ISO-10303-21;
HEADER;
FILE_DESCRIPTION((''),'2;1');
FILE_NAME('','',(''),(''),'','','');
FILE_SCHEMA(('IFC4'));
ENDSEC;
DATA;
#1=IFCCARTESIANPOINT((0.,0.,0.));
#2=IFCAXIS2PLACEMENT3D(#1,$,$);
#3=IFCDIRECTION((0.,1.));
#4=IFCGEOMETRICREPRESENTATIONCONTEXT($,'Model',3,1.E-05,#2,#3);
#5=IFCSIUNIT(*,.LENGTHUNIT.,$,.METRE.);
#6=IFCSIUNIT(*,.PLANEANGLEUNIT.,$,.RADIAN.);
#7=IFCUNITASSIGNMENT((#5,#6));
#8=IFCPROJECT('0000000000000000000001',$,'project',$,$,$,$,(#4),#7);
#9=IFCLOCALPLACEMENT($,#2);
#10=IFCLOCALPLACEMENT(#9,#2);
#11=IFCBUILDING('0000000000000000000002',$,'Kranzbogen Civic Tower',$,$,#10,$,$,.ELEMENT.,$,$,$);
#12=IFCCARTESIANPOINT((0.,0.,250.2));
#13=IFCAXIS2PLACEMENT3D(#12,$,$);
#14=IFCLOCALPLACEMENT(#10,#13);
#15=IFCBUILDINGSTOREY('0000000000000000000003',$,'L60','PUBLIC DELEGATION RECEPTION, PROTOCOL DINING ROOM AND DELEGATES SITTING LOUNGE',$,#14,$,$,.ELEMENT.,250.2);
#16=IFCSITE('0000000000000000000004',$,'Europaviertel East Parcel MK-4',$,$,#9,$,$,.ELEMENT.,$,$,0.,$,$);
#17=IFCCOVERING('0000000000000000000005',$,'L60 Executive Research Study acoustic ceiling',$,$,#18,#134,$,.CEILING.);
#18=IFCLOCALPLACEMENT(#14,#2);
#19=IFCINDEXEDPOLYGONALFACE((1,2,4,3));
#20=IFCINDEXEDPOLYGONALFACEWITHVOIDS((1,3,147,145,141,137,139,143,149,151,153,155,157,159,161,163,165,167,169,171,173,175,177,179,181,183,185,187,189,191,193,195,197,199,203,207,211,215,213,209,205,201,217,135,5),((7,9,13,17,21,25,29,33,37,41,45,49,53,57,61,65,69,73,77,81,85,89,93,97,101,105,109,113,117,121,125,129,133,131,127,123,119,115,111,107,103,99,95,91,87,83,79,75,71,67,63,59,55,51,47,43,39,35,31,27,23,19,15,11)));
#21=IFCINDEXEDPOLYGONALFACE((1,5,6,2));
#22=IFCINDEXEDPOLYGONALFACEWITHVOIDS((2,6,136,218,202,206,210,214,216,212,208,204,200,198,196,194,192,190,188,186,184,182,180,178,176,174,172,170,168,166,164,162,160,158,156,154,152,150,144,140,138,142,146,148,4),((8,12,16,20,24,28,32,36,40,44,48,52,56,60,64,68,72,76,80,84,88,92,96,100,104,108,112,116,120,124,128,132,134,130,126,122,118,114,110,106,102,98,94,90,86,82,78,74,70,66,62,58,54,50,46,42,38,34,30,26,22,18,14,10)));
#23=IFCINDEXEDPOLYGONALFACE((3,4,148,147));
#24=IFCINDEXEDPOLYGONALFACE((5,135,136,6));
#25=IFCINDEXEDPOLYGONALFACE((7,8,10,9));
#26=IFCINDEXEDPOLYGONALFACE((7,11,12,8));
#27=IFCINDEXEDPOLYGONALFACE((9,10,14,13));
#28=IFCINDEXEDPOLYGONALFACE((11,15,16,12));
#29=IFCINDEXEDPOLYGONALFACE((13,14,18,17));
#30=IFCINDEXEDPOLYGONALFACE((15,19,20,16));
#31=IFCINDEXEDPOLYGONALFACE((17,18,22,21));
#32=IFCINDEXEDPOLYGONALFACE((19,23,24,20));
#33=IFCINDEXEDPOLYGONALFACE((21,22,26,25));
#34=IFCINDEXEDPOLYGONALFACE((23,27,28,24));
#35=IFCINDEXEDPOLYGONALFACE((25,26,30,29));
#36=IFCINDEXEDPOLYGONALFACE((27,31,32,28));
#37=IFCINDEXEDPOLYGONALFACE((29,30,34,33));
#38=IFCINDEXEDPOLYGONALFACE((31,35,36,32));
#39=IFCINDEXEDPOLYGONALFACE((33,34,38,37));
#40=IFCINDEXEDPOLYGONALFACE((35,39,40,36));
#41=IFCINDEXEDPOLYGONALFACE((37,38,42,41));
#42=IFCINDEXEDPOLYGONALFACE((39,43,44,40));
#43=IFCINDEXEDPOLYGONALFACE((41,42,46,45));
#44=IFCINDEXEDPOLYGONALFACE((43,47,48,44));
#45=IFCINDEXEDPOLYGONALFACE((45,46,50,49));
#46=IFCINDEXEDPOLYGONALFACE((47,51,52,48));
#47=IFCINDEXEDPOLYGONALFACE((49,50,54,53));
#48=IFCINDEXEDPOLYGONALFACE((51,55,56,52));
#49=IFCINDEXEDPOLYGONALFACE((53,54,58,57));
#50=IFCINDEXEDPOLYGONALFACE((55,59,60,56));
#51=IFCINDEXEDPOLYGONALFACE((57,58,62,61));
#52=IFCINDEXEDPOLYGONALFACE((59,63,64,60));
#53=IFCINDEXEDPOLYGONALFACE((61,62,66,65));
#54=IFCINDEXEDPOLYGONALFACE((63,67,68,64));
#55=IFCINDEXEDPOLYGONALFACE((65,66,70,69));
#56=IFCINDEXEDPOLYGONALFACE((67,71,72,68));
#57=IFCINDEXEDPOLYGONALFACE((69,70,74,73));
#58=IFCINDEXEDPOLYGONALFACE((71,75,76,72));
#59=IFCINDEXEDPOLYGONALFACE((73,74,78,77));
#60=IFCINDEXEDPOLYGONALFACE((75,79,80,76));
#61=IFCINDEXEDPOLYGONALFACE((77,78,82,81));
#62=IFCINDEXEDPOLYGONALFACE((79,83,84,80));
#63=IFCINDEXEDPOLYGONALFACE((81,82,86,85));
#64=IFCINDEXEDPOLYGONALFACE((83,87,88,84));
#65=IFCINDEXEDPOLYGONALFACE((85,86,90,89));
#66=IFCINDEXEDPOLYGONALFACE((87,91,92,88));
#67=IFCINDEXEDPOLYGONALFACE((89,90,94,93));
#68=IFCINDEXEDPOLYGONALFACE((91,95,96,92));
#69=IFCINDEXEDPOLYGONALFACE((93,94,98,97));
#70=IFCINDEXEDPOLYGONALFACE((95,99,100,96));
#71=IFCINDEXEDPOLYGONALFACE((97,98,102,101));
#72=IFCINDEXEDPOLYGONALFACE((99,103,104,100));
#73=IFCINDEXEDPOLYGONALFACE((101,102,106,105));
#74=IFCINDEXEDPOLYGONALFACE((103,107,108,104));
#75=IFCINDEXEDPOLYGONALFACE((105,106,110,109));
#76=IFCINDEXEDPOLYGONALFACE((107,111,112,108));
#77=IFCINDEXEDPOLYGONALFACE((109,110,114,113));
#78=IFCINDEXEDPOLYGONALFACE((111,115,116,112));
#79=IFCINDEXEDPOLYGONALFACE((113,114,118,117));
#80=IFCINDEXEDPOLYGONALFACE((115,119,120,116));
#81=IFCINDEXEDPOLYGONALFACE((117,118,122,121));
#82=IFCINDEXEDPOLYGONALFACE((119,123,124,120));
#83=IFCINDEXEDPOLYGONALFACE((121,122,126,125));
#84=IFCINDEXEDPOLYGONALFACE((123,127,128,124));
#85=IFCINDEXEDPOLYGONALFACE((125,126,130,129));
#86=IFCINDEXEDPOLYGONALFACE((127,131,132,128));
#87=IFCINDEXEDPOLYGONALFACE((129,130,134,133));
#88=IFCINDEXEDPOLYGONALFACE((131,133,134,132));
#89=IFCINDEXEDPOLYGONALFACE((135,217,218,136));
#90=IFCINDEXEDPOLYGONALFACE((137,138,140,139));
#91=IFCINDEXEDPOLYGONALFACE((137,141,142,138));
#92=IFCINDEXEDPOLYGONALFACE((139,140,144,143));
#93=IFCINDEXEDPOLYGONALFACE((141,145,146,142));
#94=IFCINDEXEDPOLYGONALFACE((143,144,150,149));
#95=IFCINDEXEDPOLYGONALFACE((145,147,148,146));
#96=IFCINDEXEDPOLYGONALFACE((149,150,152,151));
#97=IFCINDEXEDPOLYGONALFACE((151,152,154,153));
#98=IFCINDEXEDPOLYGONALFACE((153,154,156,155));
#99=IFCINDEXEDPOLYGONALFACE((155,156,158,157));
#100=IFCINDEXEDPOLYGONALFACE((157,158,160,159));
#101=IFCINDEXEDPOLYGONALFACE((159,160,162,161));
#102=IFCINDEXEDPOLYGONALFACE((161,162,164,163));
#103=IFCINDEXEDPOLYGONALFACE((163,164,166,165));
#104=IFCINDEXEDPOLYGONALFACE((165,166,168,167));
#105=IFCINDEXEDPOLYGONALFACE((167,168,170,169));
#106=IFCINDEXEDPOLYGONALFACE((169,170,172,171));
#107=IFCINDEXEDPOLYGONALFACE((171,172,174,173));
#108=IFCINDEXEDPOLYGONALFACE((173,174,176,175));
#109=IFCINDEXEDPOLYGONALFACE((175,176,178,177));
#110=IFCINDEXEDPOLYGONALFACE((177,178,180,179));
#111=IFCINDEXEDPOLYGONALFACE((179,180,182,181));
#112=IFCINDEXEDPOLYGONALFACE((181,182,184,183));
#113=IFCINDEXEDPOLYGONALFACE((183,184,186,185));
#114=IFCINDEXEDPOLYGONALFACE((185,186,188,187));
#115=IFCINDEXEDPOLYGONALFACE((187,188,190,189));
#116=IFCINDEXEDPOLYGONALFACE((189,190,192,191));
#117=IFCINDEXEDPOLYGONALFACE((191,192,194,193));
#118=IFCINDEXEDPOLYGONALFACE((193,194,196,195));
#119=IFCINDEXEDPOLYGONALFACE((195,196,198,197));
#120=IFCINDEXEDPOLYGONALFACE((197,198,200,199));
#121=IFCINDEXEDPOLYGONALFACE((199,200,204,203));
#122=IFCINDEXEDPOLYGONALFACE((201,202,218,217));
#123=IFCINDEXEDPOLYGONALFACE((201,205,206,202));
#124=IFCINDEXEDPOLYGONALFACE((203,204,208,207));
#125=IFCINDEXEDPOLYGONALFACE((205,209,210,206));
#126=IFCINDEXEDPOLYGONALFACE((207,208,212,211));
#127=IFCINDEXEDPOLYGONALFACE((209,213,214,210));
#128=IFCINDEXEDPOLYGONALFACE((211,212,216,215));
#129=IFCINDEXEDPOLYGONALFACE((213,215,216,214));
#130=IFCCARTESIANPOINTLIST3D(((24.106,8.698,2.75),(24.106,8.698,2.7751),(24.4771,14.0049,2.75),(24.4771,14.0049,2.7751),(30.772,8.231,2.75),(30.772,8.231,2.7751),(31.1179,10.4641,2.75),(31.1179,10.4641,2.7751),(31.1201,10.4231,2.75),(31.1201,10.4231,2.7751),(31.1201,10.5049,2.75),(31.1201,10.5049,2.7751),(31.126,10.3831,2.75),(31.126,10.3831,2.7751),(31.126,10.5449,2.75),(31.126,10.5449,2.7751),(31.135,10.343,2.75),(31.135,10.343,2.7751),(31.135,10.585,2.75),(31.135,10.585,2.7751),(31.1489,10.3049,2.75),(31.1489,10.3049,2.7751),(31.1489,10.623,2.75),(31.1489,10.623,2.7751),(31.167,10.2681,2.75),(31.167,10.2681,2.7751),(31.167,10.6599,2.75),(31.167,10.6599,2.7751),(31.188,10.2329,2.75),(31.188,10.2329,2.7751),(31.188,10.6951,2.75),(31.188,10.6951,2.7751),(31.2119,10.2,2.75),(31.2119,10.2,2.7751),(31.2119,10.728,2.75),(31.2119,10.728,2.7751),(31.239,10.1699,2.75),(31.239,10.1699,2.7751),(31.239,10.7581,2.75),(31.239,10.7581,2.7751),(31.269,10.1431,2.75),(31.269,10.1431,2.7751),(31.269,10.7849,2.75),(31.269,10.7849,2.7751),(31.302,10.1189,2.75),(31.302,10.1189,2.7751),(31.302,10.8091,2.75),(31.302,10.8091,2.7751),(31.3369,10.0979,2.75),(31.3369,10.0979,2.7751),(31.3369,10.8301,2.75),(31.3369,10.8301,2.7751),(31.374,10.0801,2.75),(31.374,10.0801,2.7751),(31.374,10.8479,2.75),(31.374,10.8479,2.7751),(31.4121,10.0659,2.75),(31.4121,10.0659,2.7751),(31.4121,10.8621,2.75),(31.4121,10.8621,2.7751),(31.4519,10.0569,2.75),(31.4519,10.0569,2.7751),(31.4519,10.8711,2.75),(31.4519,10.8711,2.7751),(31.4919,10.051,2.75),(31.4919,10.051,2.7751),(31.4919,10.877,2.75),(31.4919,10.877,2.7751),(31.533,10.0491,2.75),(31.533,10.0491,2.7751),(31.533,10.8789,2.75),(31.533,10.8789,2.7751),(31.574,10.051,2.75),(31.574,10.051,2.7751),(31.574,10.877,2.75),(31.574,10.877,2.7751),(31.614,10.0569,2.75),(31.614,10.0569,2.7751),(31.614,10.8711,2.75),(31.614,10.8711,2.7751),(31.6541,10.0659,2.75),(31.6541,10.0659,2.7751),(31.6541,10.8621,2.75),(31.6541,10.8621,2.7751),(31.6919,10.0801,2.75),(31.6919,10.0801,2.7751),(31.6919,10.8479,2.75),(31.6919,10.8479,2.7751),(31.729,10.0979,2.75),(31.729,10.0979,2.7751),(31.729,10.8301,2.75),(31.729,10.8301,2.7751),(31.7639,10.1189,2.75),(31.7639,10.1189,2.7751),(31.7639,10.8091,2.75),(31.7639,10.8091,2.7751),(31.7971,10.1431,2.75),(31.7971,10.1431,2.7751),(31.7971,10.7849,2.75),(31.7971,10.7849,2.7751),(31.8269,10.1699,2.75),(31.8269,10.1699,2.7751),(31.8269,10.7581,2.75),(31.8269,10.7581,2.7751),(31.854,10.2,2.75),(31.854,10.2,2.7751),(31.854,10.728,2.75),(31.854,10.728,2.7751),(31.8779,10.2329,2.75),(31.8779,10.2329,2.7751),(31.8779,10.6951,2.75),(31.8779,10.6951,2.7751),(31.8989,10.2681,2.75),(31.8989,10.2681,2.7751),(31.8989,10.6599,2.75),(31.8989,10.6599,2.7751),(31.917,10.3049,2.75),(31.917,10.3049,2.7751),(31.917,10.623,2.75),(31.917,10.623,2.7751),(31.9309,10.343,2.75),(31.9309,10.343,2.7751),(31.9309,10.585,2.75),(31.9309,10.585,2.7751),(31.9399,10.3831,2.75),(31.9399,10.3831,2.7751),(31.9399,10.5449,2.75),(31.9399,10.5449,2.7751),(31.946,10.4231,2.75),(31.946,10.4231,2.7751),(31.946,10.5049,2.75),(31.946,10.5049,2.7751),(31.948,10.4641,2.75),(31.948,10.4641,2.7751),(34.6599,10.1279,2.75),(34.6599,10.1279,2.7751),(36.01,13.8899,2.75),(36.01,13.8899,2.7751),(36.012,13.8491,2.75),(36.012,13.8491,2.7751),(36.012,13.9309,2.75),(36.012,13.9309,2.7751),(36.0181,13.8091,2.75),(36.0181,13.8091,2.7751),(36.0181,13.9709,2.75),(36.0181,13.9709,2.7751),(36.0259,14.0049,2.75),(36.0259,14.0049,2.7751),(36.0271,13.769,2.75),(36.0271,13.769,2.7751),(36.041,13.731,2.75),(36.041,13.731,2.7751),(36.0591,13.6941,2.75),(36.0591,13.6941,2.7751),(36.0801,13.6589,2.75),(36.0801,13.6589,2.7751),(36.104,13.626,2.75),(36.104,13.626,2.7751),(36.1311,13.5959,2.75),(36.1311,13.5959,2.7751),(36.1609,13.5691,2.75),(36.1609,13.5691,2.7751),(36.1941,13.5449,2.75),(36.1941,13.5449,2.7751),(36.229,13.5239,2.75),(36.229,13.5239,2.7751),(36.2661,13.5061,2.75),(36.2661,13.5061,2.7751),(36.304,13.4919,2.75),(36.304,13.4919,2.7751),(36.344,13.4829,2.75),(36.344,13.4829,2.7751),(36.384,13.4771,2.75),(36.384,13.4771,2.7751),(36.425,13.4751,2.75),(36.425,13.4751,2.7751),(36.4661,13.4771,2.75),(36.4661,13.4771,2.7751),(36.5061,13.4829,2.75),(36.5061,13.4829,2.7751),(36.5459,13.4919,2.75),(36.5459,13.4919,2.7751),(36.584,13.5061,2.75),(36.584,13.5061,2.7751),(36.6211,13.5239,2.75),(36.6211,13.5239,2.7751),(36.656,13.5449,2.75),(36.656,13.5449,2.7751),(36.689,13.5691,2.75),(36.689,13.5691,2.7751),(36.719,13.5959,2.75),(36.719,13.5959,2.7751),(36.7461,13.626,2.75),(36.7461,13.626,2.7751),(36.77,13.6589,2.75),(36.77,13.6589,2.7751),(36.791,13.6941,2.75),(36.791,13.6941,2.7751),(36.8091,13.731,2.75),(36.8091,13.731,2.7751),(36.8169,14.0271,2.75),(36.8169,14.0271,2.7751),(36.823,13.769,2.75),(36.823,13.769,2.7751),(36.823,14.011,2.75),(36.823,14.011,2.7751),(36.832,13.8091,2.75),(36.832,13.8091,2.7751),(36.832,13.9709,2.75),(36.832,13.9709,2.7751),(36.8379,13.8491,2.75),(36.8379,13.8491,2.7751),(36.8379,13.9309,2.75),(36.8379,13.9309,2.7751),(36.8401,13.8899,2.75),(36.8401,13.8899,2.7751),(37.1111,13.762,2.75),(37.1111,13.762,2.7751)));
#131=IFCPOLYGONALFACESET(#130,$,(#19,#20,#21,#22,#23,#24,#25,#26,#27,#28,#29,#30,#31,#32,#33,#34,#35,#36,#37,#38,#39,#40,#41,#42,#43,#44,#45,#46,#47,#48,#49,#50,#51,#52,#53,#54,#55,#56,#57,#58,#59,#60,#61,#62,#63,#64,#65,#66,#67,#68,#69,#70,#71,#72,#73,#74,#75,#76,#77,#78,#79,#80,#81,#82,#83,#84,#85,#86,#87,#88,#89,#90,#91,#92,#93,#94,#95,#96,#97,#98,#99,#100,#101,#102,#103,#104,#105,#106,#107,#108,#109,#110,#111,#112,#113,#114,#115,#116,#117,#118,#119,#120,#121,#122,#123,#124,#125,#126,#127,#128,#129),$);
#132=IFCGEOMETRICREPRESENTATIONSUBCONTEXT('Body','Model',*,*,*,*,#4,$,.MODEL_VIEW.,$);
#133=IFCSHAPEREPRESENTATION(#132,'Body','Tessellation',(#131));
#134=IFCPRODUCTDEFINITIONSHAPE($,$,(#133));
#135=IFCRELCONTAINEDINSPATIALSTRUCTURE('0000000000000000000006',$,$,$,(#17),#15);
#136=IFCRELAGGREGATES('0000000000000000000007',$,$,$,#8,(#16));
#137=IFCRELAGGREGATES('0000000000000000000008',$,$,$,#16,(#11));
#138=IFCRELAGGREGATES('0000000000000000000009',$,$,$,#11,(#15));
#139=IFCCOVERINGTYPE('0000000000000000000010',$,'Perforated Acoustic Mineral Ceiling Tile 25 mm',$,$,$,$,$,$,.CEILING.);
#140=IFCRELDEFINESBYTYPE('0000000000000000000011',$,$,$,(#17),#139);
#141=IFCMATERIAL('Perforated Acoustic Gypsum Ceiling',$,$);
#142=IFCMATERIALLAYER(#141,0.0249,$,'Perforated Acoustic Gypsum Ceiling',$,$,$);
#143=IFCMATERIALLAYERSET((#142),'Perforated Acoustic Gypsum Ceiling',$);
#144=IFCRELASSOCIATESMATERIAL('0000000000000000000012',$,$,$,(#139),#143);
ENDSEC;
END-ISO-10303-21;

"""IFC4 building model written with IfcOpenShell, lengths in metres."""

from ifc_helpers import new_model, si_unit, direction, frame, origin, place, context, subcontext, project, spatial, polyline, outline, extrude, material, layer, layer_set, type_object, element, save


model = new_model("IFC4")

# Units and contexts
model_context = context("Model", 3, precision=1e-05, world=origin(), true_north=direction((0.0, 1.0)))
body_context = subcontext(model_context, "Body", "Model", "MODEL_VIEW")
ifc_project = project(units=[si_unit("LENGTHUNIT", "METRE"), si_unit("PLANEANGLEUNIT", "RADIAN")], contexts=[model_context])

# Site, building, storey
site_placement = place(None, origin())
site = spatial("IfcSite", under=ifc_project, at=site_placement, Name="Europaviertel East Parcel MK-4", CompositionType="ELEMENT", RefElevation=0.0)
building_placement = place(site_placement, origin())
building = spatial("IfcBuilding", under=site, at=building_placement, Name="Kranzbogen Civic Tower", CompositionType="ELEMENT")
storey_placement = place(building_placement, frame((0.0, 0.0, 250.2)))
storey = spatial("IfcBuildingStorey", under=building, at=storey_placement, Name="L60", Description="PUBLIC DELEGATION RECEPTION, PROTOCOL DINING ROOM AND DELEGATES SITTING LOUNGE", CompositionType="ELEMENT", Elevation=250.2)

# Covering
ifc_material_1 = material(Name="Perforated Acoustic Gypsum Ceiling")
ifc_layer_1 = layer(ifc_material_1, 0.0249, Name="Perforated Acoustic Gypsum Ceiling")
ifc_layer_set_1 = layer_set([ifc_layer_1], Name="Perforated Acoustic Gypsum Ceiling")
covering_type_1 = type_object("IfcCoveringType", Name="Perforated Acoustic Mineral Ceiling Tile 25 mm", PredefinedType="CEILING", material=ifc_layer_set_1)
covering_1_placement = place(storey_placement, frame((0.0, 0.0, 2.75)))
element("IfcCovering", 1, at=covering_1_placement, inside=storey, type_object=covering_type_1, Name="L60 Executive Research Study acoustic ceiling", PredefinedType="CEILING", context=body_context, shape_type="SweptSolid", body=[
    extrude(outline(polyline([(30.772, 8.231), (24.106, 8.698), (24.4771, 14.0049), (36.0259, 14.0049), (36.0181, 13.9709), (36.012, 13.9309), (36.01, 13.8899), (36.012, 13.8491), (36.0181, 13.8091), (36.0271, 13.769), (36.041, 13.731), (36.0591, 13.6941), (36.0801, 13.6589), (36.104, 13.626), (36.1311, 13.5959), (36.1609, 13.5691), (36.1941, 13.5449), (36.229, 13.5239), (36.2661, 13.5061), (36.304, 13.4919), (36.344, 13.4829), (36.384, 13.4771), (36.425, 13.4751), (36.4661, 13.4771), (36.5061, 13.4829), (36.5459, 13.4919), (36.584, 13.5061), (36.6211, 13.5239), (36.656, 13.5449), (36.689, 13.5691), (36.719, 13.5959), (36.7461, 13.626), (36.77, 13.6589), (36.791, 13.6941), (36.8091, 13.731), (36.823, 13.769), (36.832, 13.8091), (36.8379, 13.8491), (36.8401, 13.8899), (36.8379, 13.9309), (36.832, 13.9709), (36.823, 14.011), (36.8169, 14.0271), (37.1111, 13.762), (34.6599, 10.1279), (30.772, 8.231)]), holes=[polyline([(31.917, 10.3049), (31.8989, 10.2681), (31.8779, 10.2329), (31.854, 10.2), (31.8269, 10.1699), (31.7971, 10.1431), (31.7639, 10.1189), (31.729, 10.0979), (31.6919, 10.0801), (31.6541, 10.0659), (31.614, 10.0569), (31.574, 10.051), (31.533, 10.0491), (31.4919, 10.051), (31.4519, 10.0569), (31.4121, 10.0659), (31.374, 10.0801), (31.3369, 10.0979), (31.302, 10.1189), (31.269, 10.1431), (31.239, 10.1699), (31.2119, 10.2), (31.188, 10.2329), (31.167, 10.2681), (31.1489, 10.3049), (31.135, 10.343), (31.126, 10.3831), (31.1201, 10.4231), (31.1179, 10.4641), (31.1201, 10.5049), (31.126, 10.5449), (31.135, 10.585), (31.1489, 10.623), (31.167, 10.6599), (31.188, 10.6951), (31.2119, 10.728), (31.239, 10.7581), (31.269, 10.7849), (31.302, 10.8091), (31.3369, 10.8301), (31.374, 10.8479), (31.4121, 10.8621), (31.4519, 10.8711), (31.4919, 10.877), (31.533, 10.8789), (31.574, 10.877), (31.614, 10.8711), (31.6541, 10.8621), (31.6919, 10.8479), (31.729, 10.8301), (31.7639, 10.8091), (31.7971, 10.7849), (31.8269, 10.7581), (31.854, 10.728), (31.8779, 10.6951), (31.8989, 10.6599), (31.917, 10.623), (31.9309, 10.585), (31.9399, 10.5449), (31.946, 10.5049), (31.948, 10.4641), (31.946, 10.4231), (31.9399, 10.3831), (31.9309, 10.343), (31.917, 10.3049)])]), origin(), (0.0, 0.0, 1.0), 0.0251),
])

save(model, "model.ifc")
